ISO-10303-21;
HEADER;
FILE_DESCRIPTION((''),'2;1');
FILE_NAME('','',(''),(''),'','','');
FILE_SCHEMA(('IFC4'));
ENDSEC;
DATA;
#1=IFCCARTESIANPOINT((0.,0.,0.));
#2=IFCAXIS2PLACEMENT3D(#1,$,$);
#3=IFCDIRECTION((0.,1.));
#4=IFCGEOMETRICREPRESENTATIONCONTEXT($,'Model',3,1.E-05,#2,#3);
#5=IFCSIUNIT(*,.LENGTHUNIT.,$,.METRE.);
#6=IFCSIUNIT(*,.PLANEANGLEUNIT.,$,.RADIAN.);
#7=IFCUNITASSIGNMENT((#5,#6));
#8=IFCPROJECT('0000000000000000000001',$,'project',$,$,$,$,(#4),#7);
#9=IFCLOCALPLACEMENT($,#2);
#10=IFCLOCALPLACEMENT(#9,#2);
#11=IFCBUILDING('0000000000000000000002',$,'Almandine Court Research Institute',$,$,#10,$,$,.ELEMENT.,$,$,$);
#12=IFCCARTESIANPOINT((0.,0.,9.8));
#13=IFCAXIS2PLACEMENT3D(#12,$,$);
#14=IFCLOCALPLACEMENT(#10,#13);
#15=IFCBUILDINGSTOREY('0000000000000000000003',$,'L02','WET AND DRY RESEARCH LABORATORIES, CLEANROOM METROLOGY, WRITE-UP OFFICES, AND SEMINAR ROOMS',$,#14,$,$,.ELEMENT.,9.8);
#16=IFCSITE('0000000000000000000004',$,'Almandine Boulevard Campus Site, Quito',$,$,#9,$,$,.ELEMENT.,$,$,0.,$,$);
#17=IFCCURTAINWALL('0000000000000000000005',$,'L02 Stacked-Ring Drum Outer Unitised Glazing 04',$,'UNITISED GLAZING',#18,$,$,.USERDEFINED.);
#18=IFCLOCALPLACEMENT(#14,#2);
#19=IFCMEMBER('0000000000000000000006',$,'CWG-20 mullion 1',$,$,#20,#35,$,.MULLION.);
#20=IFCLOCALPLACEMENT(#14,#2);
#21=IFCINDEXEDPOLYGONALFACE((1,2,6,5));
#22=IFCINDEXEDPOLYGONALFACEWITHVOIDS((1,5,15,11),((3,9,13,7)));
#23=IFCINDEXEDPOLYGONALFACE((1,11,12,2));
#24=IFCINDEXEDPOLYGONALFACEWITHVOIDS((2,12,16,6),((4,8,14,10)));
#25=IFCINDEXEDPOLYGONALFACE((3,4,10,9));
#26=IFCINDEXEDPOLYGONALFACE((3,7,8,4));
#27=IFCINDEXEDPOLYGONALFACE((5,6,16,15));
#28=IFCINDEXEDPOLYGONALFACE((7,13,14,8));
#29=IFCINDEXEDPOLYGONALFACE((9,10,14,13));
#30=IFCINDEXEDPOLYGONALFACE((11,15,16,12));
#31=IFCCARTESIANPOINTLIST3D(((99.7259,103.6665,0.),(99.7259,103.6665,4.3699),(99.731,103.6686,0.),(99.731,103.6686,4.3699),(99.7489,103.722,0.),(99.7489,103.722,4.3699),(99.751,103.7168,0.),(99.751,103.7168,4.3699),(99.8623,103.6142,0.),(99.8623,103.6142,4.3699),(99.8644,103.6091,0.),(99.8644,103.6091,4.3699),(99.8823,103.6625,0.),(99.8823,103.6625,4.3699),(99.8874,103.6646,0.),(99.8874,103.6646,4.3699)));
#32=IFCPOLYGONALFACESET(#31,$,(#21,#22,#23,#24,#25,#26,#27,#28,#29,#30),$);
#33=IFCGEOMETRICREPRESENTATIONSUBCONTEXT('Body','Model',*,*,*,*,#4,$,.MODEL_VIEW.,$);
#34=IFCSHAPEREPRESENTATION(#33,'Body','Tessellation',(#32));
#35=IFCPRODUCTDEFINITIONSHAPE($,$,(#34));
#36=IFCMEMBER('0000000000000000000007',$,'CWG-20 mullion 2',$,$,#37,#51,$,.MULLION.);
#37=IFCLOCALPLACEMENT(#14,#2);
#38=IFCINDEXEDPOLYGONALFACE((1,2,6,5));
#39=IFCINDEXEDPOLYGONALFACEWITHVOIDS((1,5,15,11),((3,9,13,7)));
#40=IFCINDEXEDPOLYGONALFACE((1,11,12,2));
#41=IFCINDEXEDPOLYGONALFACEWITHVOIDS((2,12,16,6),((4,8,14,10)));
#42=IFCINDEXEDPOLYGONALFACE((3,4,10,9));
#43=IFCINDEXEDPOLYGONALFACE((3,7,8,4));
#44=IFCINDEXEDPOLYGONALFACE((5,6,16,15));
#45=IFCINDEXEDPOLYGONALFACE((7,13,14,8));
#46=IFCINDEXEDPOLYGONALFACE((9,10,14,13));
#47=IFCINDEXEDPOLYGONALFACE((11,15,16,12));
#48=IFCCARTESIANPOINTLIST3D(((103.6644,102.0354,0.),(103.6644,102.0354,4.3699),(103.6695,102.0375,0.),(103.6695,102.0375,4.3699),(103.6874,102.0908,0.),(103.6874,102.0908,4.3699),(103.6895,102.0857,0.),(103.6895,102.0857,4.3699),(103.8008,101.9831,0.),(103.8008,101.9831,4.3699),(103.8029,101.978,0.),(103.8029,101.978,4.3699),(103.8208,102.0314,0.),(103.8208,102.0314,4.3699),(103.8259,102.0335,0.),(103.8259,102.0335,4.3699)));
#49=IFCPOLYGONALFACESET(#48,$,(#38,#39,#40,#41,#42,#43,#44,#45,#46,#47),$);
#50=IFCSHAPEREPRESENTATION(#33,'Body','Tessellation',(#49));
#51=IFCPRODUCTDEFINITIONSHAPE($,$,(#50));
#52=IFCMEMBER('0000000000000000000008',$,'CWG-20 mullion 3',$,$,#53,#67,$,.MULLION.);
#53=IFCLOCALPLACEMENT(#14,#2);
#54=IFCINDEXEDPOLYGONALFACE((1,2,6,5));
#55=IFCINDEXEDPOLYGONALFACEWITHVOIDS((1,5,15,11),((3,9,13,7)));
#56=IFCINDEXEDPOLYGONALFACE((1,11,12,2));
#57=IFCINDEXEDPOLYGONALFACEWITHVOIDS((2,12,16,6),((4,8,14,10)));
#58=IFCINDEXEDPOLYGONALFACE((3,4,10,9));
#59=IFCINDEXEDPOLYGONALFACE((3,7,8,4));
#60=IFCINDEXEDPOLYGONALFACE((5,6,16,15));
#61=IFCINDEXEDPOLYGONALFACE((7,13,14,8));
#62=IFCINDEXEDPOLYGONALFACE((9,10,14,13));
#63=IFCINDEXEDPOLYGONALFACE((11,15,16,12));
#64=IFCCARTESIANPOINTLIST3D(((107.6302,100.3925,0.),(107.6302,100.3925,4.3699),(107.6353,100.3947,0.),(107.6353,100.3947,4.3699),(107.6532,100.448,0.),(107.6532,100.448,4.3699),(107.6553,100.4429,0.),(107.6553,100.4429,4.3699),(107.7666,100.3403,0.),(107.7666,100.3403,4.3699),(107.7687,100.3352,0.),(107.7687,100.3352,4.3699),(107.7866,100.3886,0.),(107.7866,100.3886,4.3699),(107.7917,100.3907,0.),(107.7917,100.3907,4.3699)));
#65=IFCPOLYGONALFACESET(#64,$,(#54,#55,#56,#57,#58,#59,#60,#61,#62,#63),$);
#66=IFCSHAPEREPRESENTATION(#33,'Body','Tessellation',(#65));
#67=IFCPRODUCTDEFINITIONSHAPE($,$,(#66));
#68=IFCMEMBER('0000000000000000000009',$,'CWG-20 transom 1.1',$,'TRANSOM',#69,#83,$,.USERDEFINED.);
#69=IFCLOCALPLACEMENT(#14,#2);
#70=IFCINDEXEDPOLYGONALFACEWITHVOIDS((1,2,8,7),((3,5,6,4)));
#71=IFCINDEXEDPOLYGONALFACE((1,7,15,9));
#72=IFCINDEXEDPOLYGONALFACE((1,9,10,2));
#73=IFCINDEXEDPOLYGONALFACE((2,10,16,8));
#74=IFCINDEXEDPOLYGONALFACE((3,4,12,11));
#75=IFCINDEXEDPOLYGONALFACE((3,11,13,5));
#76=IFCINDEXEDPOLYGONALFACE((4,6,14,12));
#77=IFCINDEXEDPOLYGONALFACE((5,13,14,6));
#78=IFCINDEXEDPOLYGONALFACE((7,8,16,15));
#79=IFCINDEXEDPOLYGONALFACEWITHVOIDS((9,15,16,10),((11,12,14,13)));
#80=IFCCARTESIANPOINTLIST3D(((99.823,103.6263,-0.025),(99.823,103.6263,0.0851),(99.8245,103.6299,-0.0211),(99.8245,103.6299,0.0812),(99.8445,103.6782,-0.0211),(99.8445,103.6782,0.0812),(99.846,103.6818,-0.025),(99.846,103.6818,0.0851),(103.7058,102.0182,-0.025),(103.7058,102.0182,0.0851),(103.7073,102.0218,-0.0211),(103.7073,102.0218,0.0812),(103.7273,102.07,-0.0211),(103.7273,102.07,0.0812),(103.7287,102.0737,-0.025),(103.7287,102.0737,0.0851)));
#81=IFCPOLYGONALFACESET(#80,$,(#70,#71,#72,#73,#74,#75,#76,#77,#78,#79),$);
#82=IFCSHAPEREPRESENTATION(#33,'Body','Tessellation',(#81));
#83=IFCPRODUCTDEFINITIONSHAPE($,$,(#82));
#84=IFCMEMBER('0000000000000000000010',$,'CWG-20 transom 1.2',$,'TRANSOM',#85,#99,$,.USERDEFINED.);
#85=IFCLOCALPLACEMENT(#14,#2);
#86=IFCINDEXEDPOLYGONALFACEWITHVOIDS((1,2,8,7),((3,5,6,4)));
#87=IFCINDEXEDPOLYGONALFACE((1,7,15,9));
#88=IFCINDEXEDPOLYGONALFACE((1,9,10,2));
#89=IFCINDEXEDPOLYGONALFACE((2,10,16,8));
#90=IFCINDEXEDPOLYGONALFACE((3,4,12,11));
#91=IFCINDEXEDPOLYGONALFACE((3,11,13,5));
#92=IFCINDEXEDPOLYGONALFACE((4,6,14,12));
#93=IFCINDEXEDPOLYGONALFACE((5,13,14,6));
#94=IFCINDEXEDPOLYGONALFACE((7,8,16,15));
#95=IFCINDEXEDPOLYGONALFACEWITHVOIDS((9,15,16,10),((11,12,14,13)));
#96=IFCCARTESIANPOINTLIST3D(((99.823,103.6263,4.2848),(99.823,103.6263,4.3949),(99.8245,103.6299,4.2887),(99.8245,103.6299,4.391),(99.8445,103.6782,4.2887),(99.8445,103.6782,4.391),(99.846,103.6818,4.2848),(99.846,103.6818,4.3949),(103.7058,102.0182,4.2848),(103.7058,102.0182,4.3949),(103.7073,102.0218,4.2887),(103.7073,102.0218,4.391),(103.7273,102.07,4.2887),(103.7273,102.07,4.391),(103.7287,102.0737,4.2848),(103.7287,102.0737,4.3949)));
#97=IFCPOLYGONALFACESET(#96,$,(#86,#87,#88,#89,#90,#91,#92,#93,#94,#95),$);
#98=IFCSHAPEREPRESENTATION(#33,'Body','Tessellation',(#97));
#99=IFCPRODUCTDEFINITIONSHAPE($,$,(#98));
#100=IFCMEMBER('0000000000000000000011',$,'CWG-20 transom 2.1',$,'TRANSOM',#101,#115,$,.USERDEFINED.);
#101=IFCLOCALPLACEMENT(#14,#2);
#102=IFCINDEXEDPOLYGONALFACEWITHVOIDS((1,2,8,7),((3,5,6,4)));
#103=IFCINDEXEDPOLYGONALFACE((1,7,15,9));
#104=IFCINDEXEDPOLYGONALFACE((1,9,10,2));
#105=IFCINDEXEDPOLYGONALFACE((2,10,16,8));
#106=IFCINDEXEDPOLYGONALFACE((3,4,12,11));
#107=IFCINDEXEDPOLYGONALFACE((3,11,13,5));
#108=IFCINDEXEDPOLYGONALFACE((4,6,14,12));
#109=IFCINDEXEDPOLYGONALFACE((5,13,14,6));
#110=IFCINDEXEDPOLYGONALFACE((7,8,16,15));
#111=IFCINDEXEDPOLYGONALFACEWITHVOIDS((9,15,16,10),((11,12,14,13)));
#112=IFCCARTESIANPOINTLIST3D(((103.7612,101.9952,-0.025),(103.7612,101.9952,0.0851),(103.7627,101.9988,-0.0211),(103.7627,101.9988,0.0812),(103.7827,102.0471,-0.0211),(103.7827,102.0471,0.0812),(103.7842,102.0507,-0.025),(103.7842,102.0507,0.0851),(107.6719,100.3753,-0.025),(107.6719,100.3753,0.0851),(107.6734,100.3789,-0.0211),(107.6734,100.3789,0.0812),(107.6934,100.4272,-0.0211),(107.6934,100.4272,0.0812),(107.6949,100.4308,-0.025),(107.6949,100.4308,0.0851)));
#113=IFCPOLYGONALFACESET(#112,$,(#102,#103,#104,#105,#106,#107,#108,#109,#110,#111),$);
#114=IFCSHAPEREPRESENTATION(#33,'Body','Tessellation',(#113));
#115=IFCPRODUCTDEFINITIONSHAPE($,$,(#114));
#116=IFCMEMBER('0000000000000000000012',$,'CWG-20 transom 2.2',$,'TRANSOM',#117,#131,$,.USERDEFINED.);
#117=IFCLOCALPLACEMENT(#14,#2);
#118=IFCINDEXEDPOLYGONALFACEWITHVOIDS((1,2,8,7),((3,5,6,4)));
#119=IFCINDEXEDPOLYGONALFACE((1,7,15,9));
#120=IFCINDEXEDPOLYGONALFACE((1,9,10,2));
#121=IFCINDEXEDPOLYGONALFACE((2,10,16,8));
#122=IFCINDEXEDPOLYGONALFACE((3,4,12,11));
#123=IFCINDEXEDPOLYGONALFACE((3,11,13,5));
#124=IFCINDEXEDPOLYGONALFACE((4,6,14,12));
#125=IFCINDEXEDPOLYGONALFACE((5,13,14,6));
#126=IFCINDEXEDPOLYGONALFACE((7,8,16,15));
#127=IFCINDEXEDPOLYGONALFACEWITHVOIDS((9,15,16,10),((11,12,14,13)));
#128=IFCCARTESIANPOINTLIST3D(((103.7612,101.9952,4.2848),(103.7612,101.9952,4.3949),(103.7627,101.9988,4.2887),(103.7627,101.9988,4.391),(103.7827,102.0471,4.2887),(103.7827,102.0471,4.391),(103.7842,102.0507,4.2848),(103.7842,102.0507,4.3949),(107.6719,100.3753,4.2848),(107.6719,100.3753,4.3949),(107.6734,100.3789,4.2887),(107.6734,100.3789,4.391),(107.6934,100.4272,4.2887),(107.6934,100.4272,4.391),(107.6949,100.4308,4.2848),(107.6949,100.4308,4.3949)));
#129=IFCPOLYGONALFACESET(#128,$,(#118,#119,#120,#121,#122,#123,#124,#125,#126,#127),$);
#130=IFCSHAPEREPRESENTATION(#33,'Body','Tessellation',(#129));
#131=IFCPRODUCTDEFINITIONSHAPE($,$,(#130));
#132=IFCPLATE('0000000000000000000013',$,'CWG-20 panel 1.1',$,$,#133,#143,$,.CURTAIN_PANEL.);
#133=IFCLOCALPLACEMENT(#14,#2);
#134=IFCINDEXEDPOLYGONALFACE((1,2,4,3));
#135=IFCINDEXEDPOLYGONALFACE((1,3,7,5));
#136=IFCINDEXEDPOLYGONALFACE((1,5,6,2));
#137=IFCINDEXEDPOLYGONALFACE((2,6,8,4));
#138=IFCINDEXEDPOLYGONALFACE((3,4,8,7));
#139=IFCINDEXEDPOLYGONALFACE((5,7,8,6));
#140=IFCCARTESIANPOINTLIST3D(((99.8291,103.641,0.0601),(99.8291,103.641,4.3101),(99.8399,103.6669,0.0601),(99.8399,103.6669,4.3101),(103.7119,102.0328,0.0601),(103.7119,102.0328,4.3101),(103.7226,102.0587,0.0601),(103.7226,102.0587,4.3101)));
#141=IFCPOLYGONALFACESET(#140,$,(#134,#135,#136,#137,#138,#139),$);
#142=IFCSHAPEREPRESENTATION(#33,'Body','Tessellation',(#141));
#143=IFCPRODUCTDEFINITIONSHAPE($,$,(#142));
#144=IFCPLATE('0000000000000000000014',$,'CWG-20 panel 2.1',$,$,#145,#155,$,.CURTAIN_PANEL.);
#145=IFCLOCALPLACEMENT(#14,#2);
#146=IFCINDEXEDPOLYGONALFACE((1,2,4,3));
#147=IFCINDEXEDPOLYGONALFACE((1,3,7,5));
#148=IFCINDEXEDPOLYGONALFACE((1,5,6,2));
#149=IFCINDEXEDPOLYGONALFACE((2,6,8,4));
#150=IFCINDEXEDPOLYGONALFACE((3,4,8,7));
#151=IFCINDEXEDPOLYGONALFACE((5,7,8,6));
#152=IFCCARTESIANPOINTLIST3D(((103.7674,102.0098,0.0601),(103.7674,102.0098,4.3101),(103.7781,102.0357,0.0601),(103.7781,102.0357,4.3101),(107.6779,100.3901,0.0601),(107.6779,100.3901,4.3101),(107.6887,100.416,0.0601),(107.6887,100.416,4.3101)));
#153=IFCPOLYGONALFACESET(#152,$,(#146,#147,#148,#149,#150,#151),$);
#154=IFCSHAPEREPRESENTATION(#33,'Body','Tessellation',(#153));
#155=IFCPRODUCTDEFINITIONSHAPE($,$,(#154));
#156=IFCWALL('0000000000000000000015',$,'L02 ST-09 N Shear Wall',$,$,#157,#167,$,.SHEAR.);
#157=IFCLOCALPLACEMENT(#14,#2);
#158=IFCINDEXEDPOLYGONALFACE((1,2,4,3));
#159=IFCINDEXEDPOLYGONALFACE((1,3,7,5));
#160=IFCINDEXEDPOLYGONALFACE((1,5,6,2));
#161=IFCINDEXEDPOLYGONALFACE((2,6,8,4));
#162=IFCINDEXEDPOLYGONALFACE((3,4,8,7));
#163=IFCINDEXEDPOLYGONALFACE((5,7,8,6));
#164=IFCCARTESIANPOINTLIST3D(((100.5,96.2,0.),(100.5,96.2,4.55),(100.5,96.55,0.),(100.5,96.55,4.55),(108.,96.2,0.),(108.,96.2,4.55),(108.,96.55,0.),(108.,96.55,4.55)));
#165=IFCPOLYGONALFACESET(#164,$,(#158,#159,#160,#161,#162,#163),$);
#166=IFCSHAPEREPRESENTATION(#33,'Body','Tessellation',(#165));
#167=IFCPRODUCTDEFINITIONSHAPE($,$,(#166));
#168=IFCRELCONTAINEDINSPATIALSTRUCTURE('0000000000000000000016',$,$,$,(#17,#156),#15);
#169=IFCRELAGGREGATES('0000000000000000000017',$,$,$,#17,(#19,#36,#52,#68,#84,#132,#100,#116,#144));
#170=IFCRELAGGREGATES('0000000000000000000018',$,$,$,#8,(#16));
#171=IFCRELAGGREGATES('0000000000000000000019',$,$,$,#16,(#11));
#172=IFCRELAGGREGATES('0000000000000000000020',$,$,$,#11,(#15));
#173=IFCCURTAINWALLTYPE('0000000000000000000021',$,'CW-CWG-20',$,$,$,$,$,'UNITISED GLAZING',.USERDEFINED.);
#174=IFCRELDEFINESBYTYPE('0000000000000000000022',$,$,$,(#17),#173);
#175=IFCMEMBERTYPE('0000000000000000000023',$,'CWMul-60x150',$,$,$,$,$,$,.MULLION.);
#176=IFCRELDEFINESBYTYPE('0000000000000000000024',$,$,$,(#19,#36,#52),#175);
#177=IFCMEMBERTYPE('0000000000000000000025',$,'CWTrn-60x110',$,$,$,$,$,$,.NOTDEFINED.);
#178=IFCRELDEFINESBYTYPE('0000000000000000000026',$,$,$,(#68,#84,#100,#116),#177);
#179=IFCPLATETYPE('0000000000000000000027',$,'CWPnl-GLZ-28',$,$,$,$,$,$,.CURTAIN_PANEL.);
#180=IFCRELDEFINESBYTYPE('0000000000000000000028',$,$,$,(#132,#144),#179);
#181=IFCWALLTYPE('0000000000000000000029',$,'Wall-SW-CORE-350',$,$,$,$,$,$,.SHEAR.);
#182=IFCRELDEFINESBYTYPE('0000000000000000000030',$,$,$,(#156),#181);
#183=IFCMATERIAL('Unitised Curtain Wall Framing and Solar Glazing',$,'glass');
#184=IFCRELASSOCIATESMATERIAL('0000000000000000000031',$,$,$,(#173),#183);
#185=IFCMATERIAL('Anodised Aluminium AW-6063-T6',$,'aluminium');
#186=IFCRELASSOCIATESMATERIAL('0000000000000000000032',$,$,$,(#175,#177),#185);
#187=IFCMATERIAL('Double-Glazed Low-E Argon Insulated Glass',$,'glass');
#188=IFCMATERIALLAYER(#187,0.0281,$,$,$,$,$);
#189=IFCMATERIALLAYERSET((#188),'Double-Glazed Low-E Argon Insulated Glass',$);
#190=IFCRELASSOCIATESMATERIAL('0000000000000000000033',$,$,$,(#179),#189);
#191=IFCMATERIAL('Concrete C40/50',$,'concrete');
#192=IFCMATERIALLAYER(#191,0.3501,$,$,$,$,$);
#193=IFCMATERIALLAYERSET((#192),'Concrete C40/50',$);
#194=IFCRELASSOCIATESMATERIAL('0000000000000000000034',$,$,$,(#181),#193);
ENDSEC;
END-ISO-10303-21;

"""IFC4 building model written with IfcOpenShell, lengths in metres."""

from ifc_helpers import new_model, si_unit, direction, frame, frame_2d, origin, origin_2d, place, context, subcontext, project, spatial, rectangle, hollow_rectangle, extrude, material, layer, layer_set, material_profile, profile_set, type_object, element, aggregate, save


model = new_model("IFC4")

# Units and contexts
model_context = context("Model", 3, precision=1e-05, world=origin(), true_north=direction((0.0, 1.0)))
body_context = subcontext(model_context, "Body", "Model", "MODEL_VIEW")
ifc_project = project(units=[si_unit("LENGTHUNIT", "METRE"), si_unit("PLANEANGLEUNIT", "RADIAN")], contexts=[model_context])

# Site, building, storey
site_placement = place(None, origin())
site = spatial("IfcSite", under=ifc_project, at=site_placement, Name="Almandine Boulevard Campus Site, Quito", CompositionType="ELEMENT", RefElevation=0.0)
building_placement = place(site_placement, origin())
building = spatial("IfcBuilding", under=site, at=building_placement, Name="Almandine Court Research Institute", CompositionType="ELEMENT")
storey_placement = place(building_placement, frame((0.0, 0.0, 9.8)))
storey = spatial("IfcBuildingStorey", under=building, at=storey_placement, Name="L02", Description="WET AND DRY RESEARCH LABORATORIES, CLEANROOM METROLOGY, WRITE-UP OFFICES, AND SEMINAR ROOMS", CompositionType="ELEMENT", Elevation=9.8)

# Curtain wall, members, plates
ifc_material_1 = material(Name="Unitised Curtain Wall Framing and Solar Glazing", Category="glass")
curtain_wall_type = type_object("IfcCurtainWallType", Name="CW-CWG-20", ElementType="UNITISED GLAZING", PredefinedType="USERDEFINED", material=ifc_material_1)
curtain_wall_placement = place(storey_placement, origin())
curtain_wall = element("IfcCurtainWall", 1, at=curtain_wall_placement, inside=storey, type_object=curtain_wall_type, Name="L02 Stacked-Ring Drum Outer Unitised Glazing 04", ObjectType="UNITISED GLAZING", PredefinedType="USERDEFINED")
ifc_material_2 = material(Name="Anodised Aluminium AW-6063-T6", Category="aluminium")
ifc_material_profile_1 = material_profile(ifc_material_2, hollow_rectangle(XDim=0.0601, YDim=0.1499, WallThickness=0.0039, at=origin_2d()), Name="ALU RHS 60x150x4")
ifc_profile_set_1 = profile_set([ifc_material_profile_1], Name="Anodised Aluminium AW-6063-T6")
member_type_1 = type_object("IfcMemberType", Name="CWMul-60x150", PredefinedType="MULLION", material=ifc_profile_set_1)
member_1_placement = place(storey_placement, frame((99.8066, 103.6655, 0.0), z_axis=(0.0, 0.0, 1.0), x_axis=(0.382663, 0.923888, 0.0)))
member_1 = element("IfcMember", 2, at=member_1_placement, type_object=member_type_1, Name="CWG-20 mullion 1", PredefinedType="MULLION", context=body_context, shape_type="SweptSolid", body=[
    extrude(hollow_rectangle(XDim=0.0601, YDim=0.1499, WallThickness=0.0039, at=origin_2d()), origin(), (0.0, 0.0, 1.0), 4.3699),
])
member_2_placement = place(storey_placement, frame((103.7451, 102.0344, 0.0), z_axis=(0.0, 0.0, 1.0), x_axis=(0.382663, 0.923888, 0.0)))
member_2 = element("IfcMember", 3, at=member_2_placement, type_object=member_type_1, Name="CWG-20 mullion 2", PredefinedType="MULLION", context=body_context, shape_type="SweptSolid", body=[
    extrude(hollow_rectangle(XDim=0.0601, YDim=0.1499, WallThickness=0.0039, at=origin_2d()), origin(), (0.0, 0.0, 1.0), 4.3699),
])
member_3_placement = place(storey_placement, frame((107.7109, 100.3916, 0.0), z_axis=(0.0, 0.0, 1.0), x_axis=(0.382663, 0.923888, 0.0)))
member_3 = element("IfcMember", 4, at=member_3_placement, type_object=member_type_1, Name="CWG-20 mullion 3", PredefinedType="MULLION", context=body_context, shape_type="SweptSolid", body=[
    extrude(hollow_rectangle(XDim=0.0601, YDim=0.1499, WallThickness=0.0039, at=origin_2d()), origin(), (0.0, 0.0, 1.0), 4.3699),
])
ifc_material_profile_2 = material_profile(ifc_material_2, hollow_rectangle(XDim=0.0601, YDim=0.1101, WallThickness=0.0039, at=origin_2d()), Name="ALU RHS 60x110x4")
ifc_profile_set_2 = profile_set([ifc_material_profile_2], Name="Anodised Aluminium AW-6063-T6")
member_type_2 = type_object("IfcMemberType", Name="CWTrn-60x110", PredefinedType="NOTDEFINED", material=ifc_profile_set_2)
member_4_placement = place(storey_placement, frame((99.8345, 103.6541, 0.03), z_axis=(0.923893, -0.382651, 0.0), x_axis=(0.382651, 0.923893, 0.0)))
member_4 = element("IfcMember", 5, at=member_4_placement, type_object=member_type_2, Name="CWG-20 transom 1.1", ObjectType="TRANSOM", PredefinedType="USERDEFINED", context=body_context, shape_type="SweptSolid", body=[
    extrude(hollow_rectangle(XDim=0.0601, YDim=0.1101, WallThickness=0.0039, at=origin_2d()), origin(), (0.0, 0.0, 1.0), 4.2026),
])
member_5_placement = place(storey_placement, frame((99.8345, 103.6541, 4.3398), z_axis=(0.923893, -0.382651, 0.0), x_axis=(0.382651, 0.923893, 0.0)))
member_5 = element("IfcMember", 6, at=member_5_placement, type_object=member_type_2, Name="CWG-20 transom 1.2", ObjectType="TRANSOM", PredefinedType="USERDEFINED", context=body_context, shape_type="SweptSolid", body=[
    extrude(hollow_rectangle(XDim=0.0601, YDim=0.1101, WallThickness=0.0039, at=origin_2d()), origin(), (0.0, 0.0, 1.0), 4.2026),
])
member_6_placement = place(storey_placement, frame((103.7727, 102.0229, 0.03), z_axis=(0.923877, -0.38269, 0.0), x_axis=(0.38269, 0.923877, 0.0)))
member_6 = element("IfcMember", 7, at=member_6_placement, type_object=member_type_2, Name="CWG-20 transom 2.1", ObjectType="TRANSOM", PredefinedType="USERDEFINED", context=body_context, shape_type="SweptSolid", body=[
    extrude(hollow_rectangle(XDim=0.0601, YDim=0.1101, WallThickness=0.0039, at=origin_2d()), origin(), (0.0, 0.0, 1.0), 4.2329),
])
member_7_placement = place(storey_placement, frame((103.7727, 102.0229, 4.3398), z_axis=(0.923877, -0.38269, 0.0), x_axis=(0.38269, 0.923877, 0.0)))
member_7 = element("IfcMember", 8, at=member_7_placement, type_object=member_type_2, Name="CWG-20 transom 2.2", ObjectType="TRANSOM", PredefinedType="USERDEFINED", context=body_context, shape_type="SweptSolid", body=[
    extrude(hollow_rectangle(XDim=0.0601, YDim=0.1101, WallThickness=0.0039, at=origin_2d()), origin(), (0.0, 0.0, 1.0), 4.2329),
])
ifc_material_3 = material(Name="Double-Glazed Low-E Argon Insulated Glass", Category="glass")
ifc_layer_1 = layer(ifc_material_3, 0.0281)
ifc_layer_set_1 = layer_set([ifc_layer_1], Name="Double-Glazed Low-E Argon Insulated Glass")
plate_type = type_object("IfcPlateType", Name="CWPnl-GLZ-28", PredefinedType="CURTAIN_PANEL", material=ifc_layer_set_1)
plate_1_placement = place(storey_placement, frame((101.7759, 102.8499, 0.0601), z_axis=(0.0, 0.0, 1.0), x_axis=(0.923888, -0.382663, 0.0)))
plate_1 = element("IfcPlate", 9, at=plate_1_placement, type_object=plate_type, Name="CWG-20 panel 1.1", PredefinedType="CURTAIN_PANEL", context=body_context, shape_type="SweptSolid", body=[
    extrude(rectangle(XDim=4.2026, YDim=0.0281, at=origin_2d()), origin(), (0.0, 0.0, 1.0), 4.25),
])
plate_2_placement = place(storey_placement, frame((105.728, 101.2129, 0.0601), z_axis=(0.0, 0.0, 1.0), x_axis=(0.923888, -0.382663, 0.0)))
plate_2 = element("IfcPlate", 10, at=plate_2_placement, type_object=plate_type, Name="CWG-20 panel 2.1", PredefinedType="CURTAIN_PANEL", context=body_context, shape_type="SweptSolid", body=[
    extrude(rectangle(XDim=4.2327, YDim=0.0281, at=origin_2d()), origin(), (0.0, 0.0, 1.0), 4.25),
])
aggregate(curtain_wall, [member_1, member_2, member_3, member_4, member_5, plate_1, member_6, member_7, plate_2])

# Shared definitions
ifc_material_4 = material(Name="Concrete C40/50", Category="concrete")
ifc_layer_2 = layer(ifc_material_4, 0.3501)
ifc_layer_set_2 = layer_set([ifc_layer_2], Name="Concrete C40/50")
wall_type = type_object("IfcWallType", Name="Wall-SW-CORE-350", PredefinedType="SHEAR", material=ifc_layer_set_2)

# Wall
wall_1_placement = place(storey_placement, frame((100.5, 96.375, 0.0), z_axis=(0.0, 0.0, 1.0), x_axis=(1.0, 0.0, 0.0)))
element("IfcWall", 11, at=wall_1_placement, inside=storey, type_object=wall_type, Name="L02 ST-09 N Shear Wall", PredefinedType="SHEAR", context=body_context, shape_type="SweptSolid", body=[
    extrude(rectangle(XDim=7.5, YDim=0.3501, at=frame_2d((3.75, 0.0))), origin(), (0.0, 0.0, 1.0), 4.55),
])

save(model, "model.ifc")
